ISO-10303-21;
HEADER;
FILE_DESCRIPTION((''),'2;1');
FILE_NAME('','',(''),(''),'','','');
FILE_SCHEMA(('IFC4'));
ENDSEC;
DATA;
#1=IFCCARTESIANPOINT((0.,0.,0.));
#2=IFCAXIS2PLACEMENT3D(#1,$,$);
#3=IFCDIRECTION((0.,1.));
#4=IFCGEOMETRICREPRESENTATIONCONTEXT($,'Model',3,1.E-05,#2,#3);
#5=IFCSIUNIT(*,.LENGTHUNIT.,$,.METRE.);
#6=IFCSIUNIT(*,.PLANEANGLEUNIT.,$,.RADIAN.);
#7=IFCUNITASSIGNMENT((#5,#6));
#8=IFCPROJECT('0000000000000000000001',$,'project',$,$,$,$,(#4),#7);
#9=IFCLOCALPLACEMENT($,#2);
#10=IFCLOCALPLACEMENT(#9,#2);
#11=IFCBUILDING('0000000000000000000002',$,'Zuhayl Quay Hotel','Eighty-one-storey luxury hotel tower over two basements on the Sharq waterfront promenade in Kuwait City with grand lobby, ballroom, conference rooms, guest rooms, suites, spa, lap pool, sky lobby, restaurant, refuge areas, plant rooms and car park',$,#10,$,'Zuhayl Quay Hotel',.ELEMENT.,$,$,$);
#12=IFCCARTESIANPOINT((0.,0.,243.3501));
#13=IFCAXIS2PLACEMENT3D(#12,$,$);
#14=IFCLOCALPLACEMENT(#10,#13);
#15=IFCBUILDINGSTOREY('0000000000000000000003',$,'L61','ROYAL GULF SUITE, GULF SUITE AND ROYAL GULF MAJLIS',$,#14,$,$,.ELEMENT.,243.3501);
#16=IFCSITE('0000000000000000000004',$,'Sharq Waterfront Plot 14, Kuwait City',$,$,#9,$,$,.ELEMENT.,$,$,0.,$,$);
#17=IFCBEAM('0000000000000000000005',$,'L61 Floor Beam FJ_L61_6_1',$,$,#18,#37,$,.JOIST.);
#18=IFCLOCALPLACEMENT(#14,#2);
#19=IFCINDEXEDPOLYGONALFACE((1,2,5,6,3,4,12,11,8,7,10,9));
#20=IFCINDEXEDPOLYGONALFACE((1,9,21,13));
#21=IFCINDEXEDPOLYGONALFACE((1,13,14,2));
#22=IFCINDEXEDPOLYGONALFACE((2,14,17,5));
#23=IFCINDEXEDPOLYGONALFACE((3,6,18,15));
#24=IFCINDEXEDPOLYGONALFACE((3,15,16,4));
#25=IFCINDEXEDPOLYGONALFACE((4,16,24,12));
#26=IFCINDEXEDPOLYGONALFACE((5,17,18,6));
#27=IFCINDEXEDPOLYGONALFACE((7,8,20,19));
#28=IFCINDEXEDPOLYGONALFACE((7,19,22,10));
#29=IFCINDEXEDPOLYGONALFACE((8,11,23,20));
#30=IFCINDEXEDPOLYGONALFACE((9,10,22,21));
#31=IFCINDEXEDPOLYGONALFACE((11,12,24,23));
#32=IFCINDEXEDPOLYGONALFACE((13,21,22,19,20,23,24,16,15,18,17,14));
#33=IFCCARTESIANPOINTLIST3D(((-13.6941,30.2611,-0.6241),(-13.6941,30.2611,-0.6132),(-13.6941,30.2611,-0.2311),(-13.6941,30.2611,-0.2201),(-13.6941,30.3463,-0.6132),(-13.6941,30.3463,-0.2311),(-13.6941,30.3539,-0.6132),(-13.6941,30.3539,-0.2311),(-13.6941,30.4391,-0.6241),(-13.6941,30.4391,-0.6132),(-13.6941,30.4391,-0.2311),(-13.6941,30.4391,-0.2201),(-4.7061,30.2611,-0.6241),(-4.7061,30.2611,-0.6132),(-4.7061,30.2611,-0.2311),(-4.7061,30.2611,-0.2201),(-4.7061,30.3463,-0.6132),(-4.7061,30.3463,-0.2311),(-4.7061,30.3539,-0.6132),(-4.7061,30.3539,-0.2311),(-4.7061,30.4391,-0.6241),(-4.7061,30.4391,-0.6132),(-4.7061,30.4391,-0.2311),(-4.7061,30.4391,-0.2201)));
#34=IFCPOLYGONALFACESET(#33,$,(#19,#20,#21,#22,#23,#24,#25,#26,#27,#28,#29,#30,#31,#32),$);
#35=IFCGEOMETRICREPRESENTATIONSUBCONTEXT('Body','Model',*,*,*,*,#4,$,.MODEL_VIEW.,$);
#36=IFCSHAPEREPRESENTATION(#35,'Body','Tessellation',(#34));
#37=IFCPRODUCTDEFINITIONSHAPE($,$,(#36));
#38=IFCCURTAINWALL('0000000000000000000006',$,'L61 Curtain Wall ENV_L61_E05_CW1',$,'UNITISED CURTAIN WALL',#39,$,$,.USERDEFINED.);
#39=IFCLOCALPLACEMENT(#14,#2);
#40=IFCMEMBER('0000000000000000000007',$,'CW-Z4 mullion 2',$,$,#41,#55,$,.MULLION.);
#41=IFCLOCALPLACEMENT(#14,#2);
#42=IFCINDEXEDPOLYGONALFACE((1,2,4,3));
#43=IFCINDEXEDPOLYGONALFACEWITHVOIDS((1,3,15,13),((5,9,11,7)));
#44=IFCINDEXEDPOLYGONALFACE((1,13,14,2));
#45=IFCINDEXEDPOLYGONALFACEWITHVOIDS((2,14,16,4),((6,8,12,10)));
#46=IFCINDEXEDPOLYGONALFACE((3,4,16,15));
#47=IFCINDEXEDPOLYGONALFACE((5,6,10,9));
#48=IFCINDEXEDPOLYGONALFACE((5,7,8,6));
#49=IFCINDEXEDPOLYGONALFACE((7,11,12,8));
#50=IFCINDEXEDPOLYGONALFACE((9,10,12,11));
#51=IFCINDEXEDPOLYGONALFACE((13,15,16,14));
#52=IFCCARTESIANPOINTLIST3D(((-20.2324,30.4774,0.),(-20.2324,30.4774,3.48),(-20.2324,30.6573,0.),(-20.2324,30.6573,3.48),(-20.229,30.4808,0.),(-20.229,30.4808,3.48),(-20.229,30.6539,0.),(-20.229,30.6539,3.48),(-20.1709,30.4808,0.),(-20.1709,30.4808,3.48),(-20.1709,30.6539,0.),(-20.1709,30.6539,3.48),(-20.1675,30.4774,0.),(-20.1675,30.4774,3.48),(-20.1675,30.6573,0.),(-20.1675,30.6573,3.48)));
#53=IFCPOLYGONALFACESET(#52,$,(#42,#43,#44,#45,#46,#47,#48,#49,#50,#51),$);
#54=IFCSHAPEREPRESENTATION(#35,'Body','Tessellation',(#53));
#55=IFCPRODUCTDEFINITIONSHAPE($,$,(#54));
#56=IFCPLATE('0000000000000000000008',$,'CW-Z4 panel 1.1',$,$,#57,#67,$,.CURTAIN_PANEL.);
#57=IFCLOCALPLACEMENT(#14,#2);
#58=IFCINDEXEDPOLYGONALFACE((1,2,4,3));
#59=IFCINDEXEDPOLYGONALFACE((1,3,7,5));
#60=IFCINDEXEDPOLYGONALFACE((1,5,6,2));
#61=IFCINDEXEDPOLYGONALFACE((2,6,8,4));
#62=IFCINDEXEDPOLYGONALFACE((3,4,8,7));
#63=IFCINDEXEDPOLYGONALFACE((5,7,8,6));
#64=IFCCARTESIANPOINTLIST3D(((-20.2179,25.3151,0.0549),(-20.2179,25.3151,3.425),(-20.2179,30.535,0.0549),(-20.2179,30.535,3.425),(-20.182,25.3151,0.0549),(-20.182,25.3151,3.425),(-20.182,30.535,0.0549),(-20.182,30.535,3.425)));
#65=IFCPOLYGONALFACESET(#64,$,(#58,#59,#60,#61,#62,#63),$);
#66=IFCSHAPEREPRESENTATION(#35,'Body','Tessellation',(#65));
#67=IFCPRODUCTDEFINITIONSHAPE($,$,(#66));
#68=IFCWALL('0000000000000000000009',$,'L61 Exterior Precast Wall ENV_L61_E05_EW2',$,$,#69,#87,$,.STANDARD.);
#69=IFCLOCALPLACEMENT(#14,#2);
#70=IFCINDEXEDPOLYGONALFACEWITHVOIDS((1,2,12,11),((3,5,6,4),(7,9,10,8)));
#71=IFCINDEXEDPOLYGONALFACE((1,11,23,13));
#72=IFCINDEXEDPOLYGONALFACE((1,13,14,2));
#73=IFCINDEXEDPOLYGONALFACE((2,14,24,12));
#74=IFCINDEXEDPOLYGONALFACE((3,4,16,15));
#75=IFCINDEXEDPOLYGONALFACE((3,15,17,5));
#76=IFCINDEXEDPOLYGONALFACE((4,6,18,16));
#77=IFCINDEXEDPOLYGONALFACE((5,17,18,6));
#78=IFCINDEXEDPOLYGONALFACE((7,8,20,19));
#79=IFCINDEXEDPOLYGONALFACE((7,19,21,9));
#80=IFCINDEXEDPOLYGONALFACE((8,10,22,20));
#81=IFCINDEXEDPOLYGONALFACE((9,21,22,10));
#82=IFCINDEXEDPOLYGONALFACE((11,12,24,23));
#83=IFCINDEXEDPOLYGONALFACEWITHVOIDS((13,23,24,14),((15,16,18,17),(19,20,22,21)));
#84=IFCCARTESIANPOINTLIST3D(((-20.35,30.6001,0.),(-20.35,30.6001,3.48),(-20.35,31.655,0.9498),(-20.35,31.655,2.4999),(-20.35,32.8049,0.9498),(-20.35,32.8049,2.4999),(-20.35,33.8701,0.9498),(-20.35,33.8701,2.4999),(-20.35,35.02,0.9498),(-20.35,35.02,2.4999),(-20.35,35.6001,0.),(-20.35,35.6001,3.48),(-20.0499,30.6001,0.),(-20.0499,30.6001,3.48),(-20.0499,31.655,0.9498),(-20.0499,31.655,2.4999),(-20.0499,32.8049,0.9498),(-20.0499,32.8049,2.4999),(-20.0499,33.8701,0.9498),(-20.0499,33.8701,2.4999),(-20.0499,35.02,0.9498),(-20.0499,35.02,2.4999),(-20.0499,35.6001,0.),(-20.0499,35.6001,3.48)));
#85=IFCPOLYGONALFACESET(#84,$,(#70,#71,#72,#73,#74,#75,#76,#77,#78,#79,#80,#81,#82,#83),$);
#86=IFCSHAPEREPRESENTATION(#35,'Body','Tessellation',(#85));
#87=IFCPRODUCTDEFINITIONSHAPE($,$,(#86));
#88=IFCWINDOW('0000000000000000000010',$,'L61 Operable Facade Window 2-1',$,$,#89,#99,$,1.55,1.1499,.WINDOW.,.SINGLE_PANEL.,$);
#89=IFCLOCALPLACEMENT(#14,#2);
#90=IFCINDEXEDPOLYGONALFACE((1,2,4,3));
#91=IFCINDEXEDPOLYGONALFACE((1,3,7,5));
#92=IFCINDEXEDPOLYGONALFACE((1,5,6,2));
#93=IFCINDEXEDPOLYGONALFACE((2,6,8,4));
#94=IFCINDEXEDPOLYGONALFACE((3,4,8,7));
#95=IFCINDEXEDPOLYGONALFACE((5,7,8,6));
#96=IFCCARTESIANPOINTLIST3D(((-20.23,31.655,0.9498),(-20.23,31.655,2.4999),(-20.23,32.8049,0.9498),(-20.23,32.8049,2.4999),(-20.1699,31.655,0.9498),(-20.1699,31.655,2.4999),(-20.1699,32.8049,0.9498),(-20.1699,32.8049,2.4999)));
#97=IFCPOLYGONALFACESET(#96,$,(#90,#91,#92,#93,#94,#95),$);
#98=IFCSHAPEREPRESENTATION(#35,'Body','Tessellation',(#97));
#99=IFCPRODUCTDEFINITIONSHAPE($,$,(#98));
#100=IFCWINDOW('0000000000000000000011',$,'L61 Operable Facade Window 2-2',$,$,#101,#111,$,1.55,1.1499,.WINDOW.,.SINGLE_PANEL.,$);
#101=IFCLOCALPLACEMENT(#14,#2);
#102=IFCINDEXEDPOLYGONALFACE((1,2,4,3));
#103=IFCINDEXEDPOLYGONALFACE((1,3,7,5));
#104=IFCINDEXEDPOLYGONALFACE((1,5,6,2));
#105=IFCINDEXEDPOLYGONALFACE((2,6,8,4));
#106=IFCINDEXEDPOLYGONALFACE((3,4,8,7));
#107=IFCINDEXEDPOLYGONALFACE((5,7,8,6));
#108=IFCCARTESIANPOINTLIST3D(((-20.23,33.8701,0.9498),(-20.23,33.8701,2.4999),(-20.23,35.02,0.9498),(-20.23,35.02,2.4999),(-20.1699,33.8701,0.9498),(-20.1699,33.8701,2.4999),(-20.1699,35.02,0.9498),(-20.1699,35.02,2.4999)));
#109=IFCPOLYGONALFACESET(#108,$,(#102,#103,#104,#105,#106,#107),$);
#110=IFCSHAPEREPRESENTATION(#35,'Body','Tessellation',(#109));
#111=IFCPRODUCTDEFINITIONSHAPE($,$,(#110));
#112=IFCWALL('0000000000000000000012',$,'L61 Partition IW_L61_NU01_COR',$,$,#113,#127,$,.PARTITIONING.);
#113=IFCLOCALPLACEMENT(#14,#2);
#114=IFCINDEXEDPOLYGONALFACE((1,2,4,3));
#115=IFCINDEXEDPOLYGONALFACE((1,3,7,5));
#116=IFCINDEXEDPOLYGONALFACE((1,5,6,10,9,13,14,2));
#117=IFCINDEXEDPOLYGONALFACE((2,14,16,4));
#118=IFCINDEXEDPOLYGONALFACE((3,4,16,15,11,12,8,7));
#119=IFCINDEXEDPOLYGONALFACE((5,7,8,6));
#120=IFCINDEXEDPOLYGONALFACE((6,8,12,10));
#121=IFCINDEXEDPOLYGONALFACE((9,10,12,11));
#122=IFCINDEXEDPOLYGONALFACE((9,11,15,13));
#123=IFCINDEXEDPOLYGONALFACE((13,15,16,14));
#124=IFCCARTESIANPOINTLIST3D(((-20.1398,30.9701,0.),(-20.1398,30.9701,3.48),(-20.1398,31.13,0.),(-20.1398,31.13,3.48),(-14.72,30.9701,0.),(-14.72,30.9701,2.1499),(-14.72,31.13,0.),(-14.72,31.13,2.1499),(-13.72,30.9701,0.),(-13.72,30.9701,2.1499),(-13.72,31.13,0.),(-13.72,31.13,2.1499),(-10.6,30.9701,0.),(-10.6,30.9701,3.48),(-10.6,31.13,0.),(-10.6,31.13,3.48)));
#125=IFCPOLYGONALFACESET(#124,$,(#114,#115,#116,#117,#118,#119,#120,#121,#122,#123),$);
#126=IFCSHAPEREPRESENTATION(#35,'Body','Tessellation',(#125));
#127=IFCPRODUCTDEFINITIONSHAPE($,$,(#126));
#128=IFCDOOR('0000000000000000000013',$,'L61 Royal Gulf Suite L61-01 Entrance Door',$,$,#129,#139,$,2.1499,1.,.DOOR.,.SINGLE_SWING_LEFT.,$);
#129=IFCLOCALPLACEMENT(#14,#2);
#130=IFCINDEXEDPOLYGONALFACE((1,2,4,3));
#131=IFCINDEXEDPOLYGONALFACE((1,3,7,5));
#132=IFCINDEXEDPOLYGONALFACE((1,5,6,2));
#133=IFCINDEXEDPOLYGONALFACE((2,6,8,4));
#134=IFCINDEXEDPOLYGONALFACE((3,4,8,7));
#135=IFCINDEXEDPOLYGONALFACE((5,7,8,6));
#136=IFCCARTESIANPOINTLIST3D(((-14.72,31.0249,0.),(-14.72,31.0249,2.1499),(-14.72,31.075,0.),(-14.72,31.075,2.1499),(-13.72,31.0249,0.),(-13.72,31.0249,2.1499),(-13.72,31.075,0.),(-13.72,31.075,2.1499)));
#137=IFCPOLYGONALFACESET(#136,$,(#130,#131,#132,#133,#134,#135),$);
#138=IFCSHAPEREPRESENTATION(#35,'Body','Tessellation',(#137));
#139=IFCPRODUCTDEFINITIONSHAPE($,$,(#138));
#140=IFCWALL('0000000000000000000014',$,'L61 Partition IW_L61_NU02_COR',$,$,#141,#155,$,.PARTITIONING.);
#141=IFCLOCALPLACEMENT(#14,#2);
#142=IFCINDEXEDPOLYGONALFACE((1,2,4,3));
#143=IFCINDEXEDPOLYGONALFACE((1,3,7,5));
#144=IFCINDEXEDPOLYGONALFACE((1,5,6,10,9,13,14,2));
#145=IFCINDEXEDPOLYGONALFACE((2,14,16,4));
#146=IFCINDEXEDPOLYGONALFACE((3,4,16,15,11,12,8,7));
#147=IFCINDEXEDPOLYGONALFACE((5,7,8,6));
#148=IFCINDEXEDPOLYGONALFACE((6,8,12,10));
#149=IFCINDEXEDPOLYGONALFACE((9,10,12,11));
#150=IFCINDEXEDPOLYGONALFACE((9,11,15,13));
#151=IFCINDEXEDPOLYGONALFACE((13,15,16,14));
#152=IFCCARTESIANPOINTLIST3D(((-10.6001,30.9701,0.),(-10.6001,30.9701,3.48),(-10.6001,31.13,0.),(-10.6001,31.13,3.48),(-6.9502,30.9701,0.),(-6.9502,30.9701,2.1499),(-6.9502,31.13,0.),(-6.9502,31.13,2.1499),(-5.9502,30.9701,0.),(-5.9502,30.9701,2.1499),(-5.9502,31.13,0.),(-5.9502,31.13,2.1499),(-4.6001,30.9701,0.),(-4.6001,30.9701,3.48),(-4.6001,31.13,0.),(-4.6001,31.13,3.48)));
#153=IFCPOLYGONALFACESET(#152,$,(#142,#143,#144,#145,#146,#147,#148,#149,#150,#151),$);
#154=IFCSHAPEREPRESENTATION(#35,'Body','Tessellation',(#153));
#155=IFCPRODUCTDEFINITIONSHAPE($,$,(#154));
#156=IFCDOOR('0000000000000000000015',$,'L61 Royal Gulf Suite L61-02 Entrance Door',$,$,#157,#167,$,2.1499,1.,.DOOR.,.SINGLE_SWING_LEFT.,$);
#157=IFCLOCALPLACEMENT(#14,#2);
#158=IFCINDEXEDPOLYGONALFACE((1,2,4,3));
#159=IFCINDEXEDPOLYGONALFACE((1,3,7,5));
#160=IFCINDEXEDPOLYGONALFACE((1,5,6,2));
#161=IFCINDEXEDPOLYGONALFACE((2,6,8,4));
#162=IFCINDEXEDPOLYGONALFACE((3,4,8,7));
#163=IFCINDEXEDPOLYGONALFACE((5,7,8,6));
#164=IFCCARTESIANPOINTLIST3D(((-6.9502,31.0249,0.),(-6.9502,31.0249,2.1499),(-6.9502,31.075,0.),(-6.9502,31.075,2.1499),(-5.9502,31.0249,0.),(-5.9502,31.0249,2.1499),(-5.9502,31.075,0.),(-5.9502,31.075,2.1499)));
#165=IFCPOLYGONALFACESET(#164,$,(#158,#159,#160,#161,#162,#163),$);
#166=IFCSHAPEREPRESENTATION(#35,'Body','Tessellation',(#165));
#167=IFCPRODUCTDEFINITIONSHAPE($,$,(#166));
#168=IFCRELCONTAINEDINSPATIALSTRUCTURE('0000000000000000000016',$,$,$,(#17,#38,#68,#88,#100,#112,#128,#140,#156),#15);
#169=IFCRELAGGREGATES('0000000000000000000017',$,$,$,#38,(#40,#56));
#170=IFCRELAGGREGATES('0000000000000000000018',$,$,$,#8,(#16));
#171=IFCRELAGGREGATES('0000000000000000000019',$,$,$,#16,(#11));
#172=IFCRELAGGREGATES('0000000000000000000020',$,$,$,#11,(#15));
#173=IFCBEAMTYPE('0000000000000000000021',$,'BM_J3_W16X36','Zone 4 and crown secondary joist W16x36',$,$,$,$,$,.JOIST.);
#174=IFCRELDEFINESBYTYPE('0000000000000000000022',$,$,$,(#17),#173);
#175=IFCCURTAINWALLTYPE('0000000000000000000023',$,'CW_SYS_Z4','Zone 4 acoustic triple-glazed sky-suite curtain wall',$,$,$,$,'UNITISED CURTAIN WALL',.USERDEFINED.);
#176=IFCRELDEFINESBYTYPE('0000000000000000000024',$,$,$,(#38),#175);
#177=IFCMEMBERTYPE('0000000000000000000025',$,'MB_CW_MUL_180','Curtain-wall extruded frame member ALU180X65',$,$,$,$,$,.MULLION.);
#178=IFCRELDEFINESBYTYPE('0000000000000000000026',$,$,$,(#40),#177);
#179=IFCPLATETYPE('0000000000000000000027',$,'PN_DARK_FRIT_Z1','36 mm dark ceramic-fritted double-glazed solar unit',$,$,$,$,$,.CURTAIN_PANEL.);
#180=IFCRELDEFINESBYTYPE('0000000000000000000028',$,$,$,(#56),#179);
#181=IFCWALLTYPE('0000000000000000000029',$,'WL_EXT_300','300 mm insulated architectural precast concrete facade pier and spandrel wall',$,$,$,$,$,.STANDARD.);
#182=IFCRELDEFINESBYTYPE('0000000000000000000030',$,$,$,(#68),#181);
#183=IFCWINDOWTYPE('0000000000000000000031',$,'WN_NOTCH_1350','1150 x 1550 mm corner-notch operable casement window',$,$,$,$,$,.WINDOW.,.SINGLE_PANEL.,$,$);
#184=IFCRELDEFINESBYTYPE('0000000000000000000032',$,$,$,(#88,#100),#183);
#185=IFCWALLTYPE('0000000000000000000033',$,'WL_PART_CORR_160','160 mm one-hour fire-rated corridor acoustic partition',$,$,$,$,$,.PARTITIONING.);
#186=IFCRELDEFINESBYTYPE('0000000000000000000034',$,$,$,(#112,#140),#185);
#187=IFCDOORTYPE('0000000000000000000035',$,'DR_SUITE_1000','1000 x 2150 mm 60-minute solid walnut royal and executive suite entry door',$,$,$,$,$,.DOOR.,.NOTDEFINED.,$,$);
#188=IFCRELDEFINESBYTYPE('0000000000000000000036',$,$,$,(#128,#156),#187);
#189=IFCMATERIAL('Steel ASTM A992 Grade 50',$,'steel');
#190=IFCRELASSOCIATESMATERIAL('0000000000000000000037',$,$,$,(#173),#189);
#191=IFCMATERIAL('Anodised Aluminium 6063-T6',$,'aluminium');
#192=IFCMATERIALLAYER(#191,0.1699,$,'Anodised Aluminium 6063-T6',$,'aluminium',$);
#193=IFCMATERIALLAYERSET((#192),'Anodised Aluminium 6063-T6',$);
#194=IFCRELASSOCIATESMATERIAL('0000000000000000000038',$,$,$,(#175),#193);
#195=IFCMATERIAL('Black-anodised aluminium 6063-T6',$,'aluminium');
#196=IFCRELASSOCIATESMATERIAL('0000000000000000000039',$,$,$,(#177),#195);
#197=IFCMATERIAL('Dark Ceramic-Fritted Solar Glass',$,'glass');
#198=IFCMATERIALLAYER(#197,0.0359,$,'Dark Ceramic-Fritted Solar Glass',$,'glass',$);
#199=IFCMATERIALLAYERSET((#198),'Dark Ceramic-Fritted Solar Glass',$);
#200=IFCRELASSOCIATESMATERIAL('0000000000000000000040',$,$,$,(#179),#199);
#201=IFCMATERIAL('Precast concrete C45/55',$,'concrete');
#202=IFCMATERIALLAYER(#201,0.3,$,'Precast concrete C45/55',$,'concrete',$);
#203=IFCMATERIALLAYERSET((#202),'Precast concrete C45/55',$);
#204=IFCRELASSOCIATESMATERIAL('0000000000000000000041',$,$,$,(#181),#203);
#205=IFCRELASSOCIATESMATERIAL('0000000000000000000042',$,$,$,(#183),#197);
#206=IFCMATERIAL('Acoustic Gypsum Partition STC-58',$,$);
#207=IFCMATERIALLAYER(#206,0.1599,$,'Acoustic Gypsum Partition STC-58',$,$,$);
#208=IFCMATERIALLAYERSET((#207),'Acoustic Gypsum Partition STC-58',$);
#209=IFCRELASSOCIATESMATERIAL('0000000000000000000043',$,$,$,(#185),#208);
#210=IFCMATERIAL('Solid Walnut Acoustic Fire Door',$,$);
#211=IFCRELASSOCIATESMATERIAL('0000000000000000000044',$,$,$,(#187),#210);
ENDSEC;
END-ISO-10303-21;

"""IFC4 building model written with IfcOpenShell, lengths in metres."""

from ifc_helpers import new_model, si_unit, direction, frame, frame_2d, origin, origin_2d, place, context, subcontext, project, spatial, rectangle, hollow_rectangle, i_section, extrude, material, layer, layer_set, material_profile, profile_set, type_object, element, fill, aggregate, save


model = new_model("IFC4")

# Units and contexts
model_context = context("Model", 3, precision=1e-05, world=origin(), true_north=direction((0.0, 1.0)))
body_context = subcontext(model_context, "Body", "Model", "MODEL_VIEW")
ifc_project = project(units=[si_unit("LENGTHUNIT", "METRE"), si_unit("PLANEANGLEUNIT", "RADIAN")], contexts=[model_context])

# Site, building, storey
site_placement = place(None, origin())
site = spatial("IfcSite", under=ifc_project, at=site_placement, Name="Sharq Waterfront Plot 14, Kuwait City", CompositionType="ELEMENT", RefElevation=0.0)
building_placement = place(site_placement, origin())
building = spatial("IfcBuilding", under=site, at=building_placement, Name="Zuhayl Quay Hotel", Description="Eighty-one-storey luxury hotel tower over two basements on the Sharq waterfront promenade in Kuwait City with grand lobby, ballroom, conference rooms, guest rooms, suites, spa, lap pool, sky lobby, restaurant, refuge areas, plant rooms and car park", LongName="Zuhayl Quay Hotel", CompositionType="ELEMENT")
storey_placement = place(building_placement, frame((0.0, 0.0, 243.3501)))
storey = spatial("IfcBuildingStorey", under=building, at=storey_placement, Name="L61", Description="ROYAL GULF SUITE, GULF SUITE AND ROYAL GULF MAJLIS", CompositionType="ELEMENT", Elevation=243.3501)

# Beam
ifc_material_1 = material(Name="Steel ASTM A992 Grade 50", Category="steel")
ifc_material_profile_1 = material_profile(ifc_material_1, i_section(OverallWidth=0.178, OverallDepth=0.4041, WebThickness=0.0076, FlangeThickness=0.011, at=origin_2d()), Name="W16X36")
ifc_profile_set_1 = profile_set([ifc_material_profile_1], Name="Steel ASTM A992 Grade 50")
beam_type = type_object("IfcBeamType", Name="BM_J3_W16X36", Description="Zone 4 and crown secondary joist W16x36", PredefinedType="JOIST", material=ifc_profile_set_1)
beam_placement = place(storey_placement, frame((-13.6941, 30.3501, -0.4221), z_axis=(1.0, 0.0, 0.0), x_axis=(0.0, 1.0, 0.0)))
element("IfcBeam", 1, at=beam_placement, inside=storey, type_object=beam_type, Name="L61 Floor Beam FJ_L61_6_1", PredefinedType="JOIST", context=body_context, shape_type="SweptSolid", body=[
    extrude(i_section(OverallWidth=0.178, OverallDepth=0.4041, WebThickness=0.0076, FlangeThickness=0.011, at=origin_2d()), origin(), (0.0, 0.0, 1.0), 8.988),
])

# Curtain wall, member, plate
ifc_material_2 = material(Name="Anodised Aluminium 6063-T6", Category="aluminium")
ifc_layer_1 = layer(ifc_material_2, 0.1699, Name="Anodised Aluminium 6063-T6", Category="aluminium")
ifc_layer_set_1 = layer_set([ifc_layer_1], Name="Anodised Aluminium 6063-T6")
curtain_wall_type = type_object("IfcCurtainWallType", Name="CW_SYS_Z4", Description="Zone 4 acoustic triple-glazed sky-suite curtain wall", ElementType="UNITISED CURTAIN WALL", PredefinedType="USERDEFINED", material=ifc_layer_set_1)
curtain_wall_placement = place(storey_placement, origin())
curtain_wall = element("IfcCurtainWall", 2, at=curtain_wall_placement, inside=storey, type_object=curtain_wall_type, Name="L61 Curtain Wall ENV_L61_E05_CW1", ObjectType="UNITISED CURTAIN WALL", PredefinedType="USERDEFINED")
ifc_material_3 = material(Name="Black-anodised aluminium 6063-T6", Category="aluminium")
ifc_material_profile_2 = material_profile(ifc_material_3, hollow_rectangle(XDim=0.0649, YDim=0.1799, WallThickness=0.0034, at=origin_2d()), Name="ALU180X65")
ifc_profile_set_2 = profile_set([ifc_material_profile_2], Name="Black-anodised aluminium 6063-T6")
member_type = type_object("IfcMemberType", Name="MB_CW_MUL_180", Description="Curtain-wall extruded frame member ALU180X65", PredefinedType="MULLION", material=ifc_profile_set_2)
member_placement = place(storey_placement, frame((-20.2, 30.5674, 0.0), z_axis=(0.0, 0.0, 1.0), x_axis=(-1.0, 0.0, 0.0)))
member = element("IfcMember", 3, at=member_placement, type_object=member_type, Name="CW-Z4 mullion 2", PredefinedType="MULLION", context=body_context, shape_type="SweptSolid", body=[
    extrude(hollow_rectangle(XDim=0.0649, YDim=0.1799, WallThickness=0.0034, at=origin_2d()), origin(), (0.0, 0.0, 1.0), 3.48),
])
ifc_material_4 = material(Name="Dark Ceramic-Fritted Solar Glass", Category="glass")
ifc_layer_2 = layer(ifc_material_4, 0.0359, Name="Dark Ceramic-Fritted Solar Glass", Category="glass")
ifc_layer_set_2 = layer_set([ifc_layer_2], Name="Dark Ceramic-Fritted Solar Glass")
plate_type = type_object("IfcPlateType", Name="PN_DARK_FRIT_Z1", Description="36 mm dark ceramic-fritted double-glazed solar unit", PredefinedType="CURTAIN_PANEL", material=ifc_layer_set_2)
plate_placement = place(storey_placement, frame((-20.2, 27.925, 0.0549), z_axis=(0.0, 0.0, 1.0), x_axis=(0.0, 1.0, 0.0)))
plate = element("IfcPlate", 4, at=plate_placement, type_object=plate_type, Name="CW-Z4 panel 1.1", PredefinedType="CURTAIN_PANEL", context=body_context, shape_type="SweptSolid", body=[
    extrude(rectangle(XDim=5.22, YDim=0.0359, at=origin_2d()), origin(), (0.0, 0.0, 1.0), 3.3701),
])
aggregate(curtain_wall, [member, plate])

# Wall, openings, windows
ifc_material_5 = material(Name="Precast concrete C45/55", Category="concrete")
ifc_layer_3 = layer(ifc_material_5, 0.3, Name="Precast concrete C45/55", Category="concrete")
ifc_layer_set_3 = layer_set([ifc_layer_3], Name="Precast concrete C45/55")
wall_type_1 = type_object("IfcWallType", Name="WL_EXT_300", Description="300 mm insulated architectural precast concrete facade pier and spandrel wall", PredefinedType="STANDARD", material=ifc_layer_set_3)
wall_1_placement = place(storey_placement, frame((-20.2, 30.6001, 0.0), z_axis=(0.0, 0.0, 1.0), x_axis=(0.0, 1.0, 0.0)))
wall_1 = element("IfcWall", 5, at=wall_1_placement, inside=storey, type_object=wall_type_1, Name="L61 Exterior Precast Wall ENV_L61_E05_EW2", PredefinedType="STANDARD", context=body_context, shape_type="SweptSolid", body=[
    extrude(rectangle(XDim=5.0, YDim=0.3, at=frame_2d((2.5, 0.0))), origin(), (0.0, 0.0, 1.0), 3.48),
])
opening_1_placement = place(wall_1_placement, frame((1.0549, 0.0, 0.95)))
opening_1 = element("IfcOpeningElement", 6, at=opening_1_placement, cuts=wall_1, PredefinedType="OPENING", context=body_context, shape_type="SweptSolid", body=[
    extrude(rectangle(XDim=1.1499, YDim=1.55, at=frame_2d((0.575, 0.7749))), frame((0.0, 0.1599, 0.0), z_axis=(0.0, -1.0, 0.0), x_axis=(1.0, 0.0, 0.0)), (0.0, 0.0, 1.0), 0.3201),
])
opening_2_placement = place(wall_1_placement, frame((3.27, 0.0, 0.95)))
opening_2 = element("IfcOpeningElement", 7, at=opening_2_placement, cuts=wall_1, PredefinedType="OPENING", context=body_context, shape_type="SweptSolid", body=[
    extrude(rectangle(XDim=1.1499, YDim=1.55, at=frame_2d((0.575, 0.7749))), frame((0.0, 0.1599, 0.0), z_axis=(0.0, -1.0, 0.0), x_axis=(1.0, 0.0, 0.0)), (0.0, 0.0, 1.0), 0.3201),
])
window_type = type_object("IfcWindowType", Name="WN_NOTCH_1350", Description="1150 x 1550 mm corner-notch operable casement window", PartitioningType="SINGLE_PANEL", PredefinedType="WINDOW", material=ifc_material_4)
window_1_placement = place(opening_1_placement, origin())
window_1 = element("IfcWindow", 8, at=window_1_placement, inside=storey, type_object=window_type, Name="L61 Operable Facade Window 2-1", OverallHeight=1.55, OverallWidth=1.1499, PartitioningType="SINGLE_PANEL", PredefinedType="WINDOW", context=body_context, shape_type="SweptSolid", body=[
    extrude(rectangle(XDim=1.1499, YDim=1.55, at=frame_2d((0.575, 0.7749))), frame((0.0, 0.03, 0.0), z_axis=(0.0, -1.0, 0.0), x_axis=(1.0, 0.0, 0.0)), (0.0, 0.0, 1.0), 0.0601),
])
fill(opening_1, window_1)
window_2_placement = place(opening_2_placement, origin())
window_2 = element("IfcWindow", 9, at=window_2_placement, inside=storey, type_object=window_type, Name="L61 Operable Facade Window 2-2", OverallHeight=1.55, OverallWidth=1.1499, PartitioningType="SINGLE_PANEL", PredefinedType="WINDOW", context=body_context, shape_type="SweptSolid", body=[
    extrude(rectangle(XDim=1.1499, YDim=1.55, at=frame_2d((0.575, 0.7749))), frame((0.0, 0.03, 0.0), z_axis=(0.0, -1.0, 0.0), x_axis=(1.0, 0.0, 0.0)), (0.0, 0.0, 1.0), 0.0601),
])
fill(opening_2, window_2)

# Walls, openings, doors
ifc_material_6 = material(Name="Acoustic Gypsum Partition STC-58")
ifc_layer_4 = layer(ifc_material_6, 0.1599, Name="Acoustic Gypsum Partition STC-58")
ifc_layer_set_4 = layer_set([ifc_layer_4], Name="Acoustic Gypsum Partition STC-58")
wall_type_2 = type_object("IfcWallType", Name="WL_PART_CORR_160", Description="160 mm one-hour fire-rated corridor acoustic partition", PredefinedType="PARTITIONING", material=ifc_layer_set_4)
wall_2_placement = place(storey_placement, frame((-20.1399, 31.05, 0.0), z_axis=(0.0, 0.0, 1.0), x_axis=(1.0, 0.0, 0.0)))
wall_2 = element("IfcWall", 10, at=wall_2_placement, inside=storey, type_object=wall_type_2, Name="L61 Partition IW_L61_NU01_COR", PredefinedType="PARTITIONING", context=body_context, shape_type="SweptSolid", body=[
    extrude(rectangle(XDim=9.5398, YDim=0.1599, at=frame_2d((4.77, 0.0))), origin(), (0.0, 0.0, 1.0), 3.48),
])
opening_3_placement = place(wall_2_placement, frame((5.4199, 0.0, 0.0)))
opening_3 = element("IfcOpeningElement", 11, at=opening_3_placement, cuts=wall_2, PredefinedType="OPENING", context=body_context, shape_type="SweptSolid", body=[
    extrude(rectangle(XDim=1.0, YDim=2.1499, at=frame_2d((0.5, 1.075))), frame((0.0, 0.0898, 0.0), z_axis=(0.0, -1.0, 0.0), x_axis=(1.0, 0.0, 0.0)), (0.0, 0.0, 1.0), 0.1799),
])
ifc_material_7 = material(Name="Solid Walnut Acoustic Fire Door")
door_type_1 = type_object("IfcDoorType", Name="DR_SUITE_1000", Description="1000 x 2150 mm 60-minute solid walnut royal and executive suite entry door", OperationType="NOTDEFINED", PredefinedType="DOOR", material=ifc_material_7)
door_1_placement = place(opening_3_placement, origin())
door_1 = element("IfcDoor", 12, at=door_1_placement, inside=storey, type_object=door_type_1, Name="L61 Royal Gulf Suite L61-01 Entrance Door", OperationType="SINGLE_SWING_LEFT", OverallHeight=2.1499, OverallWidth=1.0, PredefinedType="DOOR", context=body_context, shape_type="SweptSolid", body=[
    extrude(rectangle(XDim=1.0, YDim=2.1499, at=frame_2d((0.5, 1.075))), frame((0.0, 0.0249, 0.0), z_axis=(0.0, -1.0, 0.0), x_axis=(1.0, 0.0, 0.0)), (0.0, 0.0, 1.0), 0.05),
])
fill(opening_3, door_1)
wall_3_placement = place(storey_placement, frame((-10.6001, 31.05, 0.0), z_axis=(0.0, 0.0, 1.0), x_axis=(1.0, 0.0, 0.0)))
wall_3 = element("IfcWall", 13, at=wall_3_placement, inside=storey, type_object=wall_type_2, Name="L61 Partition IW_L61_NU02_COR", PredefinedType="PARTITIONING", context=body_context, shape_type="SweptSolid", body=[
    extrude(rectangle(XDim=6.0, YDim=0.1599, at=frame_2d((3.0, 0.0))), origin(), (0.0, 0.0, 1.0), 3.48),
])
opening_4_placement = place(wall_3_placement, frame((3.6499, 0.0, 0.0)))
opening_4 = element("IfcOpeningElement", 14, at=opening_4_placement, cuts=wall_3, PredefinedType="OPENING", context=body_context, shape_type="SweptSolid", body=[
    extrude(rectangle(XDim=1.0, YDim=2.1499, at=frame_2d((0.5, 1.075))), frame((0.0, 0.0898, 0.0), z_axis=(0.0, -1.0, 0.0), x_axis=(1.0, 0.0, 0.0)), (0.0, 0.0, 1.0), 0.1799),
])
door_2_placement = place(opening_4_placement, origin())
door_2 = element("IfcDoor", 15, at=door_2_placement, inside=storey, type_object=door_type_1, Name="L61 Royal Gulf Suite L61-02 Entrance Door", OperationType="SINGLE_SWING_LEFT", OverallHeight=2.1499, OverallWidth=1.0, PredefinedType="DOOR", context=body_context, shape_type="SweptSolid", body=[
    extrude(rectangle(XDim=1.0, YDim=2.1499, at=frame_2d((0.5, 1.075))), frame((0.0, 0.0249, 0.0), z_axis=(0.0, -1.0, 0.0), x_axis=(1.0, 0.0, 0.0)), (0.0, 0.0, 1.0), 0.05),
])
fill(opening_4, door_2)

save(model, "model.ifc")
